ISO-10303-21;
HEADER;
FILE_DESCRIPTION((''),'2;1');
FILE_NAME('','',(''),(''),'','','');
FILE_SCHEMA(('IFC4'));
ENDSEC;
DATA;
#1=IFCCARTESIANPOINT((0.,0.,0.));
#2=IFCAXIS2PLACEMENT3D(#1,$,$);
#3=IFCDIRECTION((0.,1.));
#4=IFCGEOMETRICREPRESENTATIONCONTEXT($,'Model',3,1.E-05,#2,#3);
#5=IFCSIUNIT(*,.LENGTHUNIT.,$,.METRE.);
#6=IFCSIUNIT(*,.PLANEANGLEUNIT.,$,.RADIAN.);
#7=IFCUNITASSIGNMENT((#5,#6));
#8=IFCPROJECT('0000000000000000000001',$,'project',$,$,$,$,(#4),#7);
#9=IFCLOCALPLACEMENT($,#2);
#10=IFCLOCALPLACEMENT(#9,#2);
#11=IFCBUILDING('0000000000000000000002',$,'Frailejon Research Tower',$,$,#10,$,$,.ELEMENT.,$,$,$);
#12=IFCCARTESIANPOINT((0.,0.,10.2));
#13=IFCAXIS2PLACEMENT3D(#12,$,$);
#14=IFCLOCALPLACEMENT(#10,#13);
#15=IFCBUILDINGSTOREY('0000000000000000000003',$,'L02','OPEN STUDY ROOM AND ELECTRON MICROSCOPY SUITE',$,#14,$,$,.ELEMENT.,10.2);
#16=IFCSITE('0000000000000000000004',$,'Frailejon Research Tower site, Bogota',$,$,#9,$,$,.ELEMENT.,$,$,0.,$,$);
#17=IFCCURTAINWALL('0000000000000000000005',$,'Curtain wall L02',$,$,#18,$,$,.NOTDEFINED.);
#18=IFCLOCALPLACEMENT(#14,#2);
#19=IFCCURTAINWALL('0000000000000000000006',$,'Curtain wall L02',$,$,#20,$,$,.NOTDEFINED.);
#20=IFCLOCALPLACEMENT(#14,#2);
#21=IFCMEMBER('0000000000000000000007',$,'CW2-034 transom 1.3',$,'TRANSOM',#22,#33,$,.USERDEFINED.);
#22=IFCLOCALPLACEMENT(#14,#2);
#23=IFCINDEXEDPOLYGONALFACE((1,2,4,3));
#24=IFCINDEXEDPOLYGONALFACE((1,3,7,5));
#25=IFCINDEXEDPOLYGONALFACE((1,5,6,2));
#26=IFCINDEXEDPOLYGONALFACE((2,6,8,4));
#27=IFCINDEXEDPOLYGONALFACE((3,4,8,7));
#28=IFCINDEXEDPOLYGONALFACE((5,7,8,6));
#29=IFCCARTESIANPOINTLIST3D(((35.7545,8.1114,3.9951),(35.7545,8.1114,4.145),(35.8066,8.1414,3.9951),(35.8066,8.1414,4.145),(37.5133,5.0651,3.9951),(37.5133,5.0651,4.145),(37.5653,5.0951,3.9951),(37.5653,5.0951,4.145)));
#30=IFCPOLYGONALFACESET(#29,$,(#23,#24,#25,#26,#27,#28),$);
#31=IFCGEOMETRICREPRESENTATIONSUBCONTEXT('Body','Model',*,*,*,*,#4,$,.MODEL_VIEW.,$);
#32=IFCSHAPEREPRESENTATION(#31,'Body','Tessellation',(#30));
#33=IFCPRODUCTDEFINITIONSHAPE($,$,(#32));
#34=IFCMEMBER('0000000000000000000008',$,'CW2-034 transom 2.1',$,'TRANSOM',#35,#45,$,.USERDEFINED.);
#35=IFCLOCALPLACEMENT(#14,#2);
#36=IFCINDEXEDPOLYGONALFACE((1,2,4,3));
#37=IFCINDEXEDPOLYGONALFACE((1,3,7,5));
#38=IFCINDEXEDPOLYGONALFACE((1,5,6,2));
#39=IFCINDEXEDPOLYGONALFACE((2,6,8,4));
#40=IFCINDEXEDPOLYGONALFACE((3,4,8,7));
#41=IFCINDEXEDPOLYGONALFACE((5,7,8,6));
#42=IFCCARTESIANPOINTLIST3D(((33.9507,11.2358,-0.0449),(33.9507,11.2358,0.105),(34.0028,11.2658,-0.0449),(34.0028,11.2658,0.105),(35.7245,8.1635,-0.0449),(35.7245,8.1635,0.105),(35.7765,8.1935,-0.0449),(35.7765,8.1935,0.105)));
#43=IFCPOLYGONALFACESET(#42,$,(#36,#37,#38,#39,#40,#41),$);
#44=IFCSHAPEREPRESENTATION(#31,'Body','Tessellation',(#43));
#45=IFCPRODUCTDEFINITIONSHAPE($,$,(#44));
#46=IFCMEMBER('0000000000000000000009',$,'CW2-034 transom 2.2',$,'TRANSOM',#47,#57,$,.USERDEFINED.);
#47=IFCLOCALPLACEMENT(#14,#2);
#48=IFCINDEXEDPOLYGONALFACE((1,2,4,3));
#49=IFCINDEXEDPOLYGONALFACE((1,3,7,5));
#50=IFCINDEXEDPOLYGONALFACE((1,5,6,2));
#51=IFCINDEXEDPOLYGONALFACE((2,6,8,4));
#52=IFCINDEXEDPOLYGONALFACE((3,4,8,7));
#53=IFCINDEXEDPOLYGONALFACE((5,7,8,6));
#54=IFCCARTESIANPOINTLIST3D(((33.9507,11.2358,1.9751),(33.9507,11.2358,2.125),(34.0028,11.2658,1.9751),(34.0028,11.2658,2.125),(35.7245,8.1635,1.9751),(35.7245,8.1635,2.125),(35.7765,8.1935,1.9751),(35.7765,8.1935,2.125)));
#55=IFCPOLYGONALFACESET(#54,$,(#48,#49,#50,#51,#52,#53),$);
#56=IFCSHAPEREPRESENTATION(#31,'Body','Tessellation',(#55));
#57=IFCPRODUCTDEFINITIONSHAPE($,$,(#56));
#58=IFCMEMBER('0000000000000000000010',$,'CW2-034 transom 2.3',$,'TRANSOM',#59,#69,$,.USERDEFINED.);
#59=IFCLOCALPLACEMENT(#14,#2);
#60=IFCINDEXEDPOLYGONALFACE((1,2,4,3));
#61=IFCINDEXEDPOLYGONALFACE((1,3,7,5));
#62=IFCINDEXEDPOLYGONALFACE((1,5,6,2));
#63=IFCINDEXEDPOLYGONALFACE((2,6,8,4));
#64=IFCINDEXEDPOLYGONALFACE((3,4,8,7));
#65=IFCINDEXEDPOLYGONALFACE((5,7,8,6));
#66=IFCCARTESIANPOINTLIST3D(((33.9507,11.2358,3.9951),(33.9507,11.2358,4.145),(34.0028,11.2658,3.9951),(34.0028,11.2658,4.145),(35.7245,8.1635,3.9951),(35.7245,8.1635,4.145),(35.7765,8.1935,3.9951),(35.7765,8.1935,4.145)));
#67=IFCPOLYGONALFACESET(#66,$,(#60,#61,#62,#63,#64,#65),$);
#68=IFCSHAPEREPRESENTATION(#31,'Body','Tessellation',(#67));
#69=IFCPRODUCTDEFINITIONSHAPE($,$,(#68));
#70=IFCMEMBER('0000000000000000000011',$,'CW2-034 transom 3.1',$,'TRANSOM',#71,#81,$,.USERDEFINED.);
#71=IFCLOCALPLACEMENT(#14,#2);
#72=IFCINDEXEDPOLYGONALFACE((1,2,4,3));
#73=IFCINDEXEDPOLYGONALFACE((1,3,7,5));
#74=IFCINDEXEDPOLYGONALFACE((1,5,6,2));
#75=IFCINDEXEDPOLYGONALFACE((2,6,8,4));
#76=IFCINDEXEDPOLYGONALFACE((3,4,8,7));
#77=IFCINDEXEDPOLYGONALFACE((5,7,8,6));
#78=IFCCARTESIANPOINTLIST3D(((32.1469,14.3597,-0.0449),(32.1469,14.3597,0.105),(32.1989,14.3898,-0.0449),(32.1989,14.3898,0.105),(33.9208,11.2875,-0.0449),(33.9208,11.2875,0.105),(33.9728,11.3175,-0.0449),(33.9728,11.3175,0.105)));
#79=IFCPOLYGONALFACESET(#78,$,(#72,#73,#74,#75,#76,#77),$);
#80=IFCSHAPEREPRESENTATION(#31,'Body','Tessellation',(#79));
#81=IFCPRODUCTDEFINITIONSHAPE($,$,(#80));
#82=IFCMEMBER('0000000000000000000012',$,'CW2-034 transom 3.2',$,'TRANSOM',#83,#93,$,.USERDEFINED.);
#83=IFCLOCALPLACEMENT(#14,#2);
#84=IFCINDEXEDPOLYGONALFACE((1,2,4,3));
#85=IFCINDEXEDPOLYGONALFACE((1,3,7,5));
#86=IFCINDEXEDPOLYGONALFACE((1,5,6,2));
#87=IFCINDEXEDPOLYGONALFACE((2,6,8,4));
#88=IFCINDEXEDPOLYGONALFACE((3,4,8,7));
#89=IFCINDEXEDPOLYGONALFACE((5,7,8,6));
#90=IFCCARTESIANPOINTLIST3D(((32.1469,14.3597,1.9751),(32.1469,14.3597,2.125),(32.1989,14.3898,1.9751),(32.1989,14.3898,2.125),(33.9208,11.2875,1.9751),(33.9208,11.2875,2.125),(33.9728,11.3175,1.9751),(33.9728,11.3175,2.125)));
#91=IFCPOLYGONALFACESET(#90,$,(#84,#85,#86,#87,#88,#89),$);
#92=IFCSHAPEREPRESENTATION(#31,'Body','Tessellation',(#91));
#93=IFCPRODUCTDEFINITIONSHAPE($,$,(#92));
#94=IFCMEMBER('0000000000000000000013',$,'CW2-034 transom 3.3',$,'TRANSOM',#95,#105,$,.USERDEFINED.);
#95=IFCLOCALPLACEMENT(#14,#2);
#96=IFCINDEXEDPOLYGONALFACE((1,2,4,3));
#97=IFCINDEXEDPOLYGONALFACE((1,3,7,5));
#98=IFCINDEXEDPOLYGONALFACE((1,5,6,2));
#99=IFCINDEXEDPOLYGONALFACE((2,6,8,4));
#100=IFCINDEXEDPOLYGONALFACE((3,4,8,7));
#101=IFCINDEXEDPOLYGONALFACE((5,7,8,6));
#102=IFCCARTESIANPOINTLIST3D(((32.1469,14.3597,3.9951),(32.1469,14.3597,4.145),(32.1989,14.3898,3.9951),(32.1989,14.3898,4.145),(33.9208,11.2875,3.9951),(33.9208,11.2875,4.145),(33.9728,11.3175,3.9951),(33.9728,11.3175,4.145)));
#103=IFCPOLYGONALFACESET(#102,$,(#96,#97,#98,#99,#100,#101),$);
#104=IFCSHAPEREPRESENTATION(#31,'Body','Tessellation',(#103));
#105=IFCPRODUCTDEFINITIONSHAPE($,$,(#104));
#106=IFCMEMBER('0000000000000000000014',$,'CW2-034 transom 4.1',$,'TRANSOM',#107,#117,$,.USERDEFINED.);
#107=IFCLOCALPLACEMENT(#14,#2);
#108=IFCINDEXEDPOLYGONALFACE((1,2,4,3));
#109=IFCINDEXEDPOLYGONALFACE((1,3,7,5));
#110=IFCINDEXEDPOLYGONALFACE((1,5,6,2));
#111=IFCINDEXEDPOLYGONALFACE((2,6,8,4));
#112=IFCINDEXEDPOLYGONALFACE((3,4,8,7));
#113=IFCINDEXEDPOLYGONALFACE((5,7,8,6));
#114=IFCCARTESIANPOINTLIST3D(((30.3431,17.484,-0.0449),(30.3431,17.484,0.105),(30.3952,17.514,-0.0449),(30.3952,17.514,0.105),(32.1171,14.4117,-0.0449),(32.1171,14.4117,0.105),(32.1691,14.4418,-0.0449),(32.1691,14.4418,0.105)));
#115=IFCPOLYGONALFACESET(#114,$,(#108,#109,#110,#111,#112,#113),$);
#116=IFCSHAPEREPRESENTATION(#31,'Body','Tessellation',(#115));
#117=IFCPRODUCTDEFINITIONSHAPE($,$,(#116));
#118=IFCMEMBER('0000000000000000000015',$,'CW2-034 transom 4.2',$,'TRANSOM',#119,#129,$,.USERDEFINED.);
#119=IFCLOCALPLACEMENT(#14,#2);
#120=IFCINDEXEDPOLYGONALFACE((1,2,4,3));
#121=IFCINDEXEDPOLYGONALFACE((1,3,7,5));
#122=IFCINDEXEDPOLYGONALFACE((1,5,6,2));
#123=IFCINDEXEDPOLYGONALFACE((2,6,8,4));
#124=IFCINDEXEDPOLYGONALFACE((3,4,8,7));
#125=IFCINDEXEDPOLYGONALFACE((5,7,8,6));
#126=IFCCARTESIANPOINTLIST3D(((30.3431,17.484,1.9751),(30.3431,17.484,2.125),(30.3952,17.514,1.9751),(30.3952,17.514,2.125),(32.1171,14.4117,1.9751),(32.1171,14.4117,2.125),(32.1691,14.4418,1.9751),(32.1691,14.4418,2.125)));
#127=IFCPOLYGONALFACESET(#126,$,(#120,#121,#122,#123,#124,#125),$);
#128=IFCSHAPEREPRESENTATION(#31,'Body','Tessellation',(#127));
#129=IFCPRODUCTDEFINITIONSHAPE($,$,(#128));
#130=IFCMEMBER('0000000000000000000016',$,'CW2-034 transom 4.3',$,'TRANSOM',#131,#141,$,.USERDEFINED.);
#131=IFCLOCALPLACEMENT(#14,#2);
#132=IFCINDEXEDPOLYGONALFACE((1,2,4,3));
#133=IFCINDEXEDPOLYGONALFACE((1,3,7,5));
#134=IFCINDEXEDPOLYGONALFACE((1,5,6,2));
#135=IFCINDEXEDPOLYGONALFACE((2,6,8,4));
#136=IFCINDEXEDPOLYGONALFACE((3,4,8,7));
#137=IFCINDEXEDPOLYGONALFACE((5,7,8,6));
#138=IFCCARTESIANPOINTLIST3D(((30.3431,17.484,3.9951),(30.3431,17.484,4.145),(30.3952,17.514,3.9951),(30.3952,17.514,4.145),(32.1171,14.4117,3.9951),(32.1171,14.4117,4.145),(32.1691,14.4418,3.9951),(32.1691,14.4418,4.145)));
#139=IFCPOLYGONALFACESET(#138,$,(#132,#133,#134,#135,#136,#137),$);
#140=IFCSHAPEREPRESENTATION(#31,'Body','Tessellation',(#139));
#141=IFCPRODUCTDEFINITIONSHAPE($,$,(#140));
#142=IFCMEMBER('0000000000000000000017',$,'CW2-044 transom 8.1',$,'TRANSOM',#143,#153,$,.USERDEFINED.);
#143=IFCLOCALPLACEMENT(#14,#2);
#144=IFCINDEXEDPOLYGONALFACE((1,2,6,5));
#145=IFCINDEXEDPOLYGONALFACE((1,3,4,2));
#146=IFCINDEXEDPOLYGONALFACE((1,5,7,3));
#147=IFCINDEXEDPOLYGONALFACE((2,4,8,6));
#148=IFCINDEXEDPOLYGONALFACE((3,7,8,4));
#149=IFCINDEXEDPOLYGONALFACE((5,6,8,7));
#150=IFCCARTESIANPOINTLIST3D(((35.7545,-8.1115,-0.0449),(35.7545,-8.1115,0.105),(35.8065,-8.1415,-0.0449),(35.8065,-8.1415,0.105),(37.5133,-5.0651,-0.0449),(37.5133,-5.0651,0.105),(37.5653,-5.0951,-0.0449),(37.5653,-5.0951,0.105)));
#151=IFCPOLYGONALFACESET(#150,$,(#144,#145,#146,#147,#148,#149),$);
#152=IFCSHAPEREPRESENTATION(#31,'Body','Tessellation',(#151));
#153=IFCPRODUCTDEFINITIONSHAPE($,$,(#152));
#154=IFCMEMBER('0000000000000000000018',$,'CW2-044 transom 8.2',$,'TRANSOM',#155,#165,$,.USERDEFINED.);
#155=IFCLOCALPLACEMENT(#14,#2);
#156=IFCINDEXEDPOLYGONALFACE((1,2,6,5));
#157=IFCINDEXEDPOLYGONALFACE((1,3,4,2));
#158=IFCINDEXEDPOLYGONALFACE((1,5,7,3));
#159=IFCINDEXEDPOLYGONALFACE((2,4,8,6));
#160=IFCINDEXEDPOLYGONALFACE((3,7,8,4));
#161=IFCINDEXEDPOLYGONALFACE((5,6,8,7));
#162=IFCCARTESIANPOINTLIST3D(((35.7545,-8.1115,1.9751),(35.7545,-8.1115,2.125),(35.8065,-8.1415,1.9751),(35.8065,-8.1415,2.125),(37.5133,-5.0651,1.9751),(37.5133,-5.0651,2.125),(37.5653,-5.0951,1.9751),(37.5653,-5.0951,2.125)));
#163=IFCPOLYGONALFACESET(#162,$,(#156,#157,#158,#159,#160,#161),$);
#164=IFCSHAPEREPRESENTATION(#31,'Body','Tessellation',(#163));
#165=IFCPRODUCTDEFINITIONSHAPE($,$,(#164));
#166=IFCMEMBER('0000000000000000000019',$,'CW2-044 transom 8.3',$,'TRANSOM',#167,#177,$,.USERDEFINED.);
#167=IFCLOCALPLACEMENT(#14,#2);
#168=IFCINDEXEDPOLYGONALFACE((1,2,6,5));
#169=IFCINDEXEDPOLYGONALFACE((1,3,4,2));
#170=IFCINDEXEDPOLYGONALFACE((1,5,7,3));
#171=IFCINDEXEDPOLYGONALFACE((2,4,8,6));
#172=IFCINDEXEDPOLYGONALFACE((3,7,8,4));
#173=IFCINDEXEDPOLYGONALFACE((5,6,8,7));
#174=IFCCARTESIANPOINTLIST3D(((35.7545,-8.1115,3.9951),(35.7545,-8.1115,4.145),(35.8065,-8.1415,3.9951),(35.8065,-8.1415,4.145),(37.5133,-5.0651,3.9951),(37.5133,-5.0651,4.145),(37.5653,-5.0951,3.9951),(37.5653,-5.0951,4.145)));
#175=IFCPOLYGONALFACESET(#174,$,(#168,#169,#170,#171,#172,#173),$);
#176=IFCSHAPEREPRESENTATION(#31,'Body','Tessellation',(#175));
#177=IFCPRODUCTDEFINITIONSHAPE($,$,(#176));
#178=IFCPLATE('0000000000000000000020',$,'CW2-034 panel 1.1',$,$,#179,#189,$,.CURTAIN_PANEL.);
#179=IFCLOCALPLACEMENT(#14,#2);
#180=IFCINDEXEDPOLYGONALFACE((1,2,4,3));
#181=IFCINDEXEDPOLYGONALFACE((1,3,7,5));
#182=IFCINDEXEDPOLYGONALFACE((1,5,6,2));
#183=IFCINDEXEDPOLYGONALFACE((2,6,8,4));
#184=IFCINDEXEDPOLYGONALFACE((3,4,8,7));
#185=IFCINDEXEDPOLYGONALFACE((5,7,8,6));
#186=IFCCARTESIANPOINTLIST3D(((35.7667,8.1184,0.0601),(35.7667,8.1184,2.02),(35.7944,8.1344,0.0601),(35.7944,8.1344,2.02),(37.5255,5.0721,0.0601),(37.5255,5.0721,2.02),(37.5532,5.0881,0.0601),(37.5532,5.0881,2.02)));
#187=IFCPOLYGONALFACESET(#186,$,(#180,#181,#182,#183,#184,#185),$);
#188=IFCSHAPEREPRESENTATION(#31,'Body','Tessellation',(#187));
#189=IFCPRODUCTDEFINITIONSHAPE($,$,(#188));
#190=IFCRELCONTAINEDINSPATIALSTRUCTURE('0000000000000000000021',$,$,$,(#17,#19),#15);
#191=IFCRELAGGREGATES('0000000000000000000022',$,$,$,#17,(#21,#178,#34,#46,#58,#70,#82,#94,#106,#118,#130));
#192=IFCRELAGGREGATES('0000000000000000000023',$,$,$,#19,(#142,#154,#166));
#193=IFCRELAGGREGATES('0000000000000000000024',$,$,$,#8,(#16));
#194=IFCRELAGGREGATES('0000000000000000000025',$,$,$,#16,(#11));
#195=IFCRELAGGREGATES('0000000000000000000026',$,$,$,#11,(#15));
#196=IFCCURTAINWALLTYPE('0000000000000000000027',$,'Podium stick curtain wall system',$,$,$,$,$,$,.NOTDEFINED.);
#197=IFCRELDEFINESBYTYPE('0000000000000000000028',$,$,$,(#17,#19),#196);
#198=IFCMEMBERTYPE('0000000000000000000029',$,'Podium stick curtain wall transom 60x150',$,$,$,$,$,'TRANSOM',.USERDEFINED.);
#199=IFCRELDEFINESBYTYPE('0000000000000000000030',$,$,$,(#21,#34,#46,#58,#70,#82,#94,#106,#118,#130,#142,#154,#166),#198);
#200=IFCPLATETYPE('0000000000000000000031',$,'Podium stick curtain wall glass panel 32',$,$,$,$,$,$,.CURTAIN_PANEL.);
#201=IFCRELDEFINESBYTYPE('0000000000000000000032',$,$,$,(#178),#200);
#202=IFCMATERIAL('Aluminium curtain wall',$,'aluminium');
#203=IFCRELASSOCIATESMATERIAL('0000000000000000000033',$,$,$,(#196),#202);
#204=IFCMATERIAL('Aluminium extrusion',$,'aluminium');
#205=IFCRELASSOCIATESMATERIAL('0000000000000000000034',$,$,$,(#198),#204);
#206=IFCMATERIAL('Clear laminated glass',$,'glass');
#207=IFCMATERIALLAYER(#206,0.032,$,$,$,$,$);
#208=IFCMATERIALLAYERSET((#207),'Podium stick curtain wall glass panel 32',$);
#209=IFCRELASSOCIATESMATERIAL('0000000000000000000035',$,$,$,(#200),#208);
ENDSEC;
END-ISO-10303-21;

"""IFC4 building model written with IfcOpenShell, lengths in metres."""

from ifc_helpers import new_model, si_unit, direction, frame, origin, origin_2d, place, context, subcontext, project, spatial, rectangle, extrude, material, layer, layer_set, material_profile, profile_set, type_object, element, aggregate, save


model = new_model("IFC4")

# Units and contexts
model_context = context("Model", 3, precision=1e-05, world=origin(), true_north=direction((0.0, 1.0)))
body_context = subcontext(model_context, "Body", "Model", "MODEL_VIEW")
ifc_project = project(units=[si_unit("LENGTHUNIT", "METRE"), si_unit("PLANEANGLEUNIT", "RADIAN")], contexts=[model_context])

# Site, building, storey
site_placement = place(None, origin())
site = spatial("IfcSite", under=ifc_project, at=site_placement, Name="Frailejon Research Tower site, Bogota", CompositionType="ELEMENT", RefElevation=0.0)
building_placement = place(site_placement, origin())
building = spatial("IfcBuilding", under=site, at=building_placement, Name="Frailejon Research Tower", CompositionType="ELEMENT")
storey_placement = place(building_placement, frame((0.0, 0.0, 10.2)))
storey = spatial("IfcBuildingStorey", under=building, at=storey_placement, Name="L02", Description="OPEN STUDY ROOM AND ELECTRON MICROSCOPY SUITE", CompositionType="ELEMENT", Elevation=10.2)

# Curtain walls
ifc_material_1 = material(Name="Aluminium curtain wall", Category="aluminium")
curtain_wall_type = type_object("IfcCurtainWallType", Name="Podium stick curtain wall system", PredefinedType="NOTDEFINED", material=ifc_material_1)
curtain_wall_1_placement = place(storey_placement, origin())
curtain_wall_1 = element("IfcCurtainWall", 1, at=curtain_wall_1_placement, inside=storey, type_object=curtain_wall_type, Name="Curtain wall L02", PredefinedType="NOTDEFINED")
curtain_wall_2_placement = place(storey_placement, origin())
curtain_wall_2 = element("IfcCurtainWall", 2, at=curtain_wall_2_placement, inside=storey, type_object=curtain_wall_type, Name="Curtain wall L02", PredefinedType="NOTDEFINED")

# Members
ifc_material_2 = material(Name="Aluminium extrusion", Category="aluminium")
ifc_material_profile_1 = material_profile(ifc_material_2, rectangle(XDim=0.0601, YDim=0.1499, at=origin_2d()), Name="Podium stick curtain wall transom 60x150")
ifc_profile_set_1 = profile_set([ifc_material_profile_1], Name="Aluminium extrusion")
member_type_1 = type_object("IfcMemberType", Name="Podium stick curtain wall transom 60x150", ElementType="TRANSOM", PredefinedType="USERDEFINED", material=ifc_profile_set_1)
member_1_placement = place(storey_placement, frame((37.5393, 5.0801, 4.0701), z_axis=(-0.499991, 0.866031, 0.0), x_axis=(-0.866031, -0.499991, 0.0)))
member_1 = element("IfcMember", 3, at=member_1_placement, type_object=member_type_1, Name="CW2-034 transom 1.3", ObjectType="TRANSOM", PredefinedType="USERDEFINED", context=body_context, shape_type="SweptSolid", body=[
    extrude(rectangle(XDim=0.0601, YDim=0.1499, at=origin_2d()), origin(), (0.0, 0.0, 1.0), 3.5176),
])
member_2_placement = place(storey_placement, frame((35.7505, 8.1785, 0.03), z_axis=(-0.499981, 0.866037, 0.0), x_axis=(-0.866037, -0.499981, 0.0)))
member_2 = element("IfcMember", 4, at=member_2_placement, type_object=member_type_1, Name="CW2-034 transom 2.1", ObjectType="TRANSOM", PredefinedType="USERDEFINED", context=body_context, shape_type="SweptSolid", body=[
    extrude(rectangle(XDim=0.0601, YDim=0.1499, at=origin_2d()), origin(), (0.0, 0.0, 1.0), 3.5476),
])
member_3_placement = place(storey_placement, frame((35.7505, 8.1785, 2.05), z_axis=(-0.499981, 0.866037, 0.0), x_axis=(-0.866037, -0.499981, 0.0)))
member_3 = element("IfcMember", 5, at=member_3_placement, type_object=member_type_1, Name="CW2-034 transom 2.2", ObjectType="TRANSOM", PredefinedType="USERDEFINED", context=body_context, shape_type="SweptSolid", body=[
    extrude(rectangle(XDim=0.0601, YDim=0.1499, at=origin_2d()), origin(), (0.0, 0.0, 1.0), 3.5476),
])
member_4_placement = place(storey_placement, frame((35.7505, 8.1785, 4.0701), z_axis=(-0.499981, 0.866037, 0.0), x_axis=(-0.866037, -0.499981, 0.0)))
member_4 = element("IfcMember", 6, at=member_4_placement, type_object=member_type_1, Name="CW2-034 transom 2.3", ObjectType="TRANSOM", PredefinedType="USERDEFINED", context=body_context, shape_type="SweptSolid", body=[
    extrude(rectangle(XDim=0.0601, YDim=0.1499, at=origin_2d()), origin(), (0.0, 0.0, 1.0), 3.5476),
])
member_5_placement = place(storey_placement, frame((33.9468, 11.3025, 0.03), z_axis=(-0.500032, 0.866007, 0.0), x_axis=(-0.866007, -0.500032, 0.0)))
member_5 = element("IfcMember", 7, at=member_5_placement, type_object=member_type_1, Name="CW2-034 transom 3.1", ObjectType="TRANSOM", PredefinedType="USERDEFINED", context=body_context, shape_type="SweptSolid", body=[
    extrude(rectangle(XDim=0.0601, YDim=0.1499, at=origin_2d()), origin(), (0.0, 0.0, 1.0), 3.5476),
])
member_6_placement = place(storey_placement, frame((33.9468, 11.3025, 2.05), z_axis=(-0.500032, 0.866007, 0.0), x_axis=(-0.866007, -0.500032, 0.0)))
member_6 = element("IfcMember", 8, at=member_6_placement, type_object=member_type_1, Name="CW2-034 transom 3.2", ObjectType="TRANSOM", PredefinedType="USERDEFINED", context=body_context, shape_type="SweptSolid", body=[
    extrude(rectangle(XDim=0.0601, YDim=0.1499, at=origin_2d()), origin(), (0.0, 0.0, 1.0), 3.5476),
])
member_7_placement = place(storey_placement, frame((33.9468, 11.3025, 4.0701), z_axis=(-0.500032, 0.866007, 0.0), x_axis=(-0.866007, -0.500032, 0.0)))
member_7 = element("IfcMember", 9, at=member_7_placement, type_object=member_type_1, Name="CW2-034 transom 3.3", ObjectType="TRANSOM", PredefinedType="USERDEFINED", context=body_context, shape_type="SweptSolid", body=[
    extrude(rectangle(XDim=0.0601, YDim=0.1499, at=origin_2d()), origin(), (0.0, 0.0, 1.0), 3.5476),
])
member_8_placement = place(storey_placement, frame((32.1431, 14.4268, 0.03), z_axis=(-0.500032, 0.866007, 0.0), x_axis=(-0.866007, -0.500032, 0.0)))
member_8 = element("IfcMember", 10, at=member_8_placement, type_object=member_type_1, Name="CW2-034 transom 4.1", ObjectType="TRANSOM", PredefinedType="USERDEFINED", context=body_context, shape_type="SweptSolid", body=[
    extrude(rectangle(XDim=0.0601, YDim=0.1499, at=origin_2d()), origin(), (0.0, 0.0, 1.0), 3.5476),
])
member_9_placement = place(storey_placement, frame((32.1431, 14.4268, 2.05), z_axis=(-0.500032, 0.866007, 0.0), x_axis=(-0.866007, -0.500032, 0.0)))
member_9 = element("IfcMember", 11, at=member_9_placement, type_object=member_type_1, Name="CW2-034 transom 4.2", ObjectType="TRANSOM", PredefinedType="USERDEFINED", context=body_context, shape_type="SweptSolid", body=[
    extrude(rectangle(XDim=0.0601, YDim=0.1499, at=origin_2d()), origin(), (0.0, 0.0, 1.0), 3.5476),
])
member_10_placement = place(storey_placement, frame((32.1431, 14.4268, 4.0701), z_axis=(-0.500032, 0.866007, 0.0), x_axis=(-0.866007, -0.500032, 0.0)))
member_10 = element("IfcMember", 12, at=member_10_placement, type_object=member_type_1, Name="CW2-034 transom 4.3", ObjectType="TRANSOM", PredefinedType="USERDEFINED", context=body_context, shape_type="SweptSolid", body=[
    extrude(rectangle(XDim=0.0601, YDim=0.1499, at=origin_2d()), origin(), (0.0, 0.0, 1.0), 3.5476),
])
member_11_placement = place(storey_placement, frame((35.7805, -8.1265, 0.03), z_axis=(0.499991, 0.866031, 0.0), x_axis=(-0.866031, 0.499991, 0.0)))
member_11 = element("IfcMember", 13, at=member_11_placement, type_object=member_type_1, Name="CW2-044 transom 8.1", ObjectType="TRANSOM", PredefinedType="USERDEFINED", context=body_context, shape_type="SweptSolid", body=[
    extrude(rectangle(XDim=0.0601, YDim=0.1499, at=origin_2d()), origin(), (0.0, 0.0, 1.0), 3.5176),
])
member_12_placement = place(storey_placement, frame((35.7805, -8.1265, 2.05), z_axis=(0.499991, 0.866031, 0.0), x_axis=(-0.866031, 0.499991, 0.0)))
member_12 = element("IfcMember", 14, at=member_12_placement, type_object=member_type_1, Name="CW2-044 transom 8.2", ObjectType="TRANSOM", PredefinedType="USERDEFINED", context=body_context, shape_type="SweptSolid", body=[
    extrude(rectangle(XDim=0.0601, YDim=0.1499, at=origin_2d()), origin(), (0.0, 0.0, 1.0), 3.5176),
])
member_13_placement = place(storey_placement, frame((35.7805, -8.1265, 4.0701), z_axis=(0.499991, 0.866031, 0.0), x_axis=(-0.866031, 0.499991, 0.0)))
member_13 = element("IfcMember", 15, at=member_13_placement, type_object=member_type_1, Name="CW2-044 transom 8.3", ObjectType="TRANSOM", PredefinedType="USERDEFINED", context=body_context, shape_type="SweptSolid", body=[
    extrude(rectangle(XDim=0.0601, YDim=0.1499, at=origin_2d()), origin(), (0.0, 0.0, 1.0), 3.5176),
])

# Plate
ifc_material_3 = material(Name="Clear laminated glass", Category="glass")
ifc_layer_1 = layer(ifc_material_3, 0.032)
ifc_layer_set_1 = layer_set([ifc_layer_1], Name="Podium stick curtain wall glass panel 32")
plate_type = type_object("IfcPlateType", Name="Podium stick curtain wall glass panel 32", PredefinedType="CURTAIN_PANEL", material=ifc_layer_set_1)
plate_1_placement = place(storey_placement, frame((36.6599, 6.6033, 0.0601), z_axis=(0.0, 0.0, 1.0), x_axis=(-0.499998, 0.866026, 0.0)))
plate_1 = element("IfcPlate", 16, at=plate_1_placement, type_object=plate_type, Name="CW2-034 panel 1.1", PredefinedType="CURTAIN_PANEL", context=body_context, shape_type="SweptSolid", body=[
    extrude(rectangle(XDim=3.5176, YDim=0.032, at=origin_2d()), origin(), (0.0, 0.0, 1.0), 1.96),
])
aggregate(curtain_wall_1, [member_1, plate_1, member_2, member_3, member_4, member_5, member_6, member_7, member_8, member_9, member_10])
aggregate(curtain_wall_2, [member_11, member_12, member_13])

save(model, "model.ifc")
